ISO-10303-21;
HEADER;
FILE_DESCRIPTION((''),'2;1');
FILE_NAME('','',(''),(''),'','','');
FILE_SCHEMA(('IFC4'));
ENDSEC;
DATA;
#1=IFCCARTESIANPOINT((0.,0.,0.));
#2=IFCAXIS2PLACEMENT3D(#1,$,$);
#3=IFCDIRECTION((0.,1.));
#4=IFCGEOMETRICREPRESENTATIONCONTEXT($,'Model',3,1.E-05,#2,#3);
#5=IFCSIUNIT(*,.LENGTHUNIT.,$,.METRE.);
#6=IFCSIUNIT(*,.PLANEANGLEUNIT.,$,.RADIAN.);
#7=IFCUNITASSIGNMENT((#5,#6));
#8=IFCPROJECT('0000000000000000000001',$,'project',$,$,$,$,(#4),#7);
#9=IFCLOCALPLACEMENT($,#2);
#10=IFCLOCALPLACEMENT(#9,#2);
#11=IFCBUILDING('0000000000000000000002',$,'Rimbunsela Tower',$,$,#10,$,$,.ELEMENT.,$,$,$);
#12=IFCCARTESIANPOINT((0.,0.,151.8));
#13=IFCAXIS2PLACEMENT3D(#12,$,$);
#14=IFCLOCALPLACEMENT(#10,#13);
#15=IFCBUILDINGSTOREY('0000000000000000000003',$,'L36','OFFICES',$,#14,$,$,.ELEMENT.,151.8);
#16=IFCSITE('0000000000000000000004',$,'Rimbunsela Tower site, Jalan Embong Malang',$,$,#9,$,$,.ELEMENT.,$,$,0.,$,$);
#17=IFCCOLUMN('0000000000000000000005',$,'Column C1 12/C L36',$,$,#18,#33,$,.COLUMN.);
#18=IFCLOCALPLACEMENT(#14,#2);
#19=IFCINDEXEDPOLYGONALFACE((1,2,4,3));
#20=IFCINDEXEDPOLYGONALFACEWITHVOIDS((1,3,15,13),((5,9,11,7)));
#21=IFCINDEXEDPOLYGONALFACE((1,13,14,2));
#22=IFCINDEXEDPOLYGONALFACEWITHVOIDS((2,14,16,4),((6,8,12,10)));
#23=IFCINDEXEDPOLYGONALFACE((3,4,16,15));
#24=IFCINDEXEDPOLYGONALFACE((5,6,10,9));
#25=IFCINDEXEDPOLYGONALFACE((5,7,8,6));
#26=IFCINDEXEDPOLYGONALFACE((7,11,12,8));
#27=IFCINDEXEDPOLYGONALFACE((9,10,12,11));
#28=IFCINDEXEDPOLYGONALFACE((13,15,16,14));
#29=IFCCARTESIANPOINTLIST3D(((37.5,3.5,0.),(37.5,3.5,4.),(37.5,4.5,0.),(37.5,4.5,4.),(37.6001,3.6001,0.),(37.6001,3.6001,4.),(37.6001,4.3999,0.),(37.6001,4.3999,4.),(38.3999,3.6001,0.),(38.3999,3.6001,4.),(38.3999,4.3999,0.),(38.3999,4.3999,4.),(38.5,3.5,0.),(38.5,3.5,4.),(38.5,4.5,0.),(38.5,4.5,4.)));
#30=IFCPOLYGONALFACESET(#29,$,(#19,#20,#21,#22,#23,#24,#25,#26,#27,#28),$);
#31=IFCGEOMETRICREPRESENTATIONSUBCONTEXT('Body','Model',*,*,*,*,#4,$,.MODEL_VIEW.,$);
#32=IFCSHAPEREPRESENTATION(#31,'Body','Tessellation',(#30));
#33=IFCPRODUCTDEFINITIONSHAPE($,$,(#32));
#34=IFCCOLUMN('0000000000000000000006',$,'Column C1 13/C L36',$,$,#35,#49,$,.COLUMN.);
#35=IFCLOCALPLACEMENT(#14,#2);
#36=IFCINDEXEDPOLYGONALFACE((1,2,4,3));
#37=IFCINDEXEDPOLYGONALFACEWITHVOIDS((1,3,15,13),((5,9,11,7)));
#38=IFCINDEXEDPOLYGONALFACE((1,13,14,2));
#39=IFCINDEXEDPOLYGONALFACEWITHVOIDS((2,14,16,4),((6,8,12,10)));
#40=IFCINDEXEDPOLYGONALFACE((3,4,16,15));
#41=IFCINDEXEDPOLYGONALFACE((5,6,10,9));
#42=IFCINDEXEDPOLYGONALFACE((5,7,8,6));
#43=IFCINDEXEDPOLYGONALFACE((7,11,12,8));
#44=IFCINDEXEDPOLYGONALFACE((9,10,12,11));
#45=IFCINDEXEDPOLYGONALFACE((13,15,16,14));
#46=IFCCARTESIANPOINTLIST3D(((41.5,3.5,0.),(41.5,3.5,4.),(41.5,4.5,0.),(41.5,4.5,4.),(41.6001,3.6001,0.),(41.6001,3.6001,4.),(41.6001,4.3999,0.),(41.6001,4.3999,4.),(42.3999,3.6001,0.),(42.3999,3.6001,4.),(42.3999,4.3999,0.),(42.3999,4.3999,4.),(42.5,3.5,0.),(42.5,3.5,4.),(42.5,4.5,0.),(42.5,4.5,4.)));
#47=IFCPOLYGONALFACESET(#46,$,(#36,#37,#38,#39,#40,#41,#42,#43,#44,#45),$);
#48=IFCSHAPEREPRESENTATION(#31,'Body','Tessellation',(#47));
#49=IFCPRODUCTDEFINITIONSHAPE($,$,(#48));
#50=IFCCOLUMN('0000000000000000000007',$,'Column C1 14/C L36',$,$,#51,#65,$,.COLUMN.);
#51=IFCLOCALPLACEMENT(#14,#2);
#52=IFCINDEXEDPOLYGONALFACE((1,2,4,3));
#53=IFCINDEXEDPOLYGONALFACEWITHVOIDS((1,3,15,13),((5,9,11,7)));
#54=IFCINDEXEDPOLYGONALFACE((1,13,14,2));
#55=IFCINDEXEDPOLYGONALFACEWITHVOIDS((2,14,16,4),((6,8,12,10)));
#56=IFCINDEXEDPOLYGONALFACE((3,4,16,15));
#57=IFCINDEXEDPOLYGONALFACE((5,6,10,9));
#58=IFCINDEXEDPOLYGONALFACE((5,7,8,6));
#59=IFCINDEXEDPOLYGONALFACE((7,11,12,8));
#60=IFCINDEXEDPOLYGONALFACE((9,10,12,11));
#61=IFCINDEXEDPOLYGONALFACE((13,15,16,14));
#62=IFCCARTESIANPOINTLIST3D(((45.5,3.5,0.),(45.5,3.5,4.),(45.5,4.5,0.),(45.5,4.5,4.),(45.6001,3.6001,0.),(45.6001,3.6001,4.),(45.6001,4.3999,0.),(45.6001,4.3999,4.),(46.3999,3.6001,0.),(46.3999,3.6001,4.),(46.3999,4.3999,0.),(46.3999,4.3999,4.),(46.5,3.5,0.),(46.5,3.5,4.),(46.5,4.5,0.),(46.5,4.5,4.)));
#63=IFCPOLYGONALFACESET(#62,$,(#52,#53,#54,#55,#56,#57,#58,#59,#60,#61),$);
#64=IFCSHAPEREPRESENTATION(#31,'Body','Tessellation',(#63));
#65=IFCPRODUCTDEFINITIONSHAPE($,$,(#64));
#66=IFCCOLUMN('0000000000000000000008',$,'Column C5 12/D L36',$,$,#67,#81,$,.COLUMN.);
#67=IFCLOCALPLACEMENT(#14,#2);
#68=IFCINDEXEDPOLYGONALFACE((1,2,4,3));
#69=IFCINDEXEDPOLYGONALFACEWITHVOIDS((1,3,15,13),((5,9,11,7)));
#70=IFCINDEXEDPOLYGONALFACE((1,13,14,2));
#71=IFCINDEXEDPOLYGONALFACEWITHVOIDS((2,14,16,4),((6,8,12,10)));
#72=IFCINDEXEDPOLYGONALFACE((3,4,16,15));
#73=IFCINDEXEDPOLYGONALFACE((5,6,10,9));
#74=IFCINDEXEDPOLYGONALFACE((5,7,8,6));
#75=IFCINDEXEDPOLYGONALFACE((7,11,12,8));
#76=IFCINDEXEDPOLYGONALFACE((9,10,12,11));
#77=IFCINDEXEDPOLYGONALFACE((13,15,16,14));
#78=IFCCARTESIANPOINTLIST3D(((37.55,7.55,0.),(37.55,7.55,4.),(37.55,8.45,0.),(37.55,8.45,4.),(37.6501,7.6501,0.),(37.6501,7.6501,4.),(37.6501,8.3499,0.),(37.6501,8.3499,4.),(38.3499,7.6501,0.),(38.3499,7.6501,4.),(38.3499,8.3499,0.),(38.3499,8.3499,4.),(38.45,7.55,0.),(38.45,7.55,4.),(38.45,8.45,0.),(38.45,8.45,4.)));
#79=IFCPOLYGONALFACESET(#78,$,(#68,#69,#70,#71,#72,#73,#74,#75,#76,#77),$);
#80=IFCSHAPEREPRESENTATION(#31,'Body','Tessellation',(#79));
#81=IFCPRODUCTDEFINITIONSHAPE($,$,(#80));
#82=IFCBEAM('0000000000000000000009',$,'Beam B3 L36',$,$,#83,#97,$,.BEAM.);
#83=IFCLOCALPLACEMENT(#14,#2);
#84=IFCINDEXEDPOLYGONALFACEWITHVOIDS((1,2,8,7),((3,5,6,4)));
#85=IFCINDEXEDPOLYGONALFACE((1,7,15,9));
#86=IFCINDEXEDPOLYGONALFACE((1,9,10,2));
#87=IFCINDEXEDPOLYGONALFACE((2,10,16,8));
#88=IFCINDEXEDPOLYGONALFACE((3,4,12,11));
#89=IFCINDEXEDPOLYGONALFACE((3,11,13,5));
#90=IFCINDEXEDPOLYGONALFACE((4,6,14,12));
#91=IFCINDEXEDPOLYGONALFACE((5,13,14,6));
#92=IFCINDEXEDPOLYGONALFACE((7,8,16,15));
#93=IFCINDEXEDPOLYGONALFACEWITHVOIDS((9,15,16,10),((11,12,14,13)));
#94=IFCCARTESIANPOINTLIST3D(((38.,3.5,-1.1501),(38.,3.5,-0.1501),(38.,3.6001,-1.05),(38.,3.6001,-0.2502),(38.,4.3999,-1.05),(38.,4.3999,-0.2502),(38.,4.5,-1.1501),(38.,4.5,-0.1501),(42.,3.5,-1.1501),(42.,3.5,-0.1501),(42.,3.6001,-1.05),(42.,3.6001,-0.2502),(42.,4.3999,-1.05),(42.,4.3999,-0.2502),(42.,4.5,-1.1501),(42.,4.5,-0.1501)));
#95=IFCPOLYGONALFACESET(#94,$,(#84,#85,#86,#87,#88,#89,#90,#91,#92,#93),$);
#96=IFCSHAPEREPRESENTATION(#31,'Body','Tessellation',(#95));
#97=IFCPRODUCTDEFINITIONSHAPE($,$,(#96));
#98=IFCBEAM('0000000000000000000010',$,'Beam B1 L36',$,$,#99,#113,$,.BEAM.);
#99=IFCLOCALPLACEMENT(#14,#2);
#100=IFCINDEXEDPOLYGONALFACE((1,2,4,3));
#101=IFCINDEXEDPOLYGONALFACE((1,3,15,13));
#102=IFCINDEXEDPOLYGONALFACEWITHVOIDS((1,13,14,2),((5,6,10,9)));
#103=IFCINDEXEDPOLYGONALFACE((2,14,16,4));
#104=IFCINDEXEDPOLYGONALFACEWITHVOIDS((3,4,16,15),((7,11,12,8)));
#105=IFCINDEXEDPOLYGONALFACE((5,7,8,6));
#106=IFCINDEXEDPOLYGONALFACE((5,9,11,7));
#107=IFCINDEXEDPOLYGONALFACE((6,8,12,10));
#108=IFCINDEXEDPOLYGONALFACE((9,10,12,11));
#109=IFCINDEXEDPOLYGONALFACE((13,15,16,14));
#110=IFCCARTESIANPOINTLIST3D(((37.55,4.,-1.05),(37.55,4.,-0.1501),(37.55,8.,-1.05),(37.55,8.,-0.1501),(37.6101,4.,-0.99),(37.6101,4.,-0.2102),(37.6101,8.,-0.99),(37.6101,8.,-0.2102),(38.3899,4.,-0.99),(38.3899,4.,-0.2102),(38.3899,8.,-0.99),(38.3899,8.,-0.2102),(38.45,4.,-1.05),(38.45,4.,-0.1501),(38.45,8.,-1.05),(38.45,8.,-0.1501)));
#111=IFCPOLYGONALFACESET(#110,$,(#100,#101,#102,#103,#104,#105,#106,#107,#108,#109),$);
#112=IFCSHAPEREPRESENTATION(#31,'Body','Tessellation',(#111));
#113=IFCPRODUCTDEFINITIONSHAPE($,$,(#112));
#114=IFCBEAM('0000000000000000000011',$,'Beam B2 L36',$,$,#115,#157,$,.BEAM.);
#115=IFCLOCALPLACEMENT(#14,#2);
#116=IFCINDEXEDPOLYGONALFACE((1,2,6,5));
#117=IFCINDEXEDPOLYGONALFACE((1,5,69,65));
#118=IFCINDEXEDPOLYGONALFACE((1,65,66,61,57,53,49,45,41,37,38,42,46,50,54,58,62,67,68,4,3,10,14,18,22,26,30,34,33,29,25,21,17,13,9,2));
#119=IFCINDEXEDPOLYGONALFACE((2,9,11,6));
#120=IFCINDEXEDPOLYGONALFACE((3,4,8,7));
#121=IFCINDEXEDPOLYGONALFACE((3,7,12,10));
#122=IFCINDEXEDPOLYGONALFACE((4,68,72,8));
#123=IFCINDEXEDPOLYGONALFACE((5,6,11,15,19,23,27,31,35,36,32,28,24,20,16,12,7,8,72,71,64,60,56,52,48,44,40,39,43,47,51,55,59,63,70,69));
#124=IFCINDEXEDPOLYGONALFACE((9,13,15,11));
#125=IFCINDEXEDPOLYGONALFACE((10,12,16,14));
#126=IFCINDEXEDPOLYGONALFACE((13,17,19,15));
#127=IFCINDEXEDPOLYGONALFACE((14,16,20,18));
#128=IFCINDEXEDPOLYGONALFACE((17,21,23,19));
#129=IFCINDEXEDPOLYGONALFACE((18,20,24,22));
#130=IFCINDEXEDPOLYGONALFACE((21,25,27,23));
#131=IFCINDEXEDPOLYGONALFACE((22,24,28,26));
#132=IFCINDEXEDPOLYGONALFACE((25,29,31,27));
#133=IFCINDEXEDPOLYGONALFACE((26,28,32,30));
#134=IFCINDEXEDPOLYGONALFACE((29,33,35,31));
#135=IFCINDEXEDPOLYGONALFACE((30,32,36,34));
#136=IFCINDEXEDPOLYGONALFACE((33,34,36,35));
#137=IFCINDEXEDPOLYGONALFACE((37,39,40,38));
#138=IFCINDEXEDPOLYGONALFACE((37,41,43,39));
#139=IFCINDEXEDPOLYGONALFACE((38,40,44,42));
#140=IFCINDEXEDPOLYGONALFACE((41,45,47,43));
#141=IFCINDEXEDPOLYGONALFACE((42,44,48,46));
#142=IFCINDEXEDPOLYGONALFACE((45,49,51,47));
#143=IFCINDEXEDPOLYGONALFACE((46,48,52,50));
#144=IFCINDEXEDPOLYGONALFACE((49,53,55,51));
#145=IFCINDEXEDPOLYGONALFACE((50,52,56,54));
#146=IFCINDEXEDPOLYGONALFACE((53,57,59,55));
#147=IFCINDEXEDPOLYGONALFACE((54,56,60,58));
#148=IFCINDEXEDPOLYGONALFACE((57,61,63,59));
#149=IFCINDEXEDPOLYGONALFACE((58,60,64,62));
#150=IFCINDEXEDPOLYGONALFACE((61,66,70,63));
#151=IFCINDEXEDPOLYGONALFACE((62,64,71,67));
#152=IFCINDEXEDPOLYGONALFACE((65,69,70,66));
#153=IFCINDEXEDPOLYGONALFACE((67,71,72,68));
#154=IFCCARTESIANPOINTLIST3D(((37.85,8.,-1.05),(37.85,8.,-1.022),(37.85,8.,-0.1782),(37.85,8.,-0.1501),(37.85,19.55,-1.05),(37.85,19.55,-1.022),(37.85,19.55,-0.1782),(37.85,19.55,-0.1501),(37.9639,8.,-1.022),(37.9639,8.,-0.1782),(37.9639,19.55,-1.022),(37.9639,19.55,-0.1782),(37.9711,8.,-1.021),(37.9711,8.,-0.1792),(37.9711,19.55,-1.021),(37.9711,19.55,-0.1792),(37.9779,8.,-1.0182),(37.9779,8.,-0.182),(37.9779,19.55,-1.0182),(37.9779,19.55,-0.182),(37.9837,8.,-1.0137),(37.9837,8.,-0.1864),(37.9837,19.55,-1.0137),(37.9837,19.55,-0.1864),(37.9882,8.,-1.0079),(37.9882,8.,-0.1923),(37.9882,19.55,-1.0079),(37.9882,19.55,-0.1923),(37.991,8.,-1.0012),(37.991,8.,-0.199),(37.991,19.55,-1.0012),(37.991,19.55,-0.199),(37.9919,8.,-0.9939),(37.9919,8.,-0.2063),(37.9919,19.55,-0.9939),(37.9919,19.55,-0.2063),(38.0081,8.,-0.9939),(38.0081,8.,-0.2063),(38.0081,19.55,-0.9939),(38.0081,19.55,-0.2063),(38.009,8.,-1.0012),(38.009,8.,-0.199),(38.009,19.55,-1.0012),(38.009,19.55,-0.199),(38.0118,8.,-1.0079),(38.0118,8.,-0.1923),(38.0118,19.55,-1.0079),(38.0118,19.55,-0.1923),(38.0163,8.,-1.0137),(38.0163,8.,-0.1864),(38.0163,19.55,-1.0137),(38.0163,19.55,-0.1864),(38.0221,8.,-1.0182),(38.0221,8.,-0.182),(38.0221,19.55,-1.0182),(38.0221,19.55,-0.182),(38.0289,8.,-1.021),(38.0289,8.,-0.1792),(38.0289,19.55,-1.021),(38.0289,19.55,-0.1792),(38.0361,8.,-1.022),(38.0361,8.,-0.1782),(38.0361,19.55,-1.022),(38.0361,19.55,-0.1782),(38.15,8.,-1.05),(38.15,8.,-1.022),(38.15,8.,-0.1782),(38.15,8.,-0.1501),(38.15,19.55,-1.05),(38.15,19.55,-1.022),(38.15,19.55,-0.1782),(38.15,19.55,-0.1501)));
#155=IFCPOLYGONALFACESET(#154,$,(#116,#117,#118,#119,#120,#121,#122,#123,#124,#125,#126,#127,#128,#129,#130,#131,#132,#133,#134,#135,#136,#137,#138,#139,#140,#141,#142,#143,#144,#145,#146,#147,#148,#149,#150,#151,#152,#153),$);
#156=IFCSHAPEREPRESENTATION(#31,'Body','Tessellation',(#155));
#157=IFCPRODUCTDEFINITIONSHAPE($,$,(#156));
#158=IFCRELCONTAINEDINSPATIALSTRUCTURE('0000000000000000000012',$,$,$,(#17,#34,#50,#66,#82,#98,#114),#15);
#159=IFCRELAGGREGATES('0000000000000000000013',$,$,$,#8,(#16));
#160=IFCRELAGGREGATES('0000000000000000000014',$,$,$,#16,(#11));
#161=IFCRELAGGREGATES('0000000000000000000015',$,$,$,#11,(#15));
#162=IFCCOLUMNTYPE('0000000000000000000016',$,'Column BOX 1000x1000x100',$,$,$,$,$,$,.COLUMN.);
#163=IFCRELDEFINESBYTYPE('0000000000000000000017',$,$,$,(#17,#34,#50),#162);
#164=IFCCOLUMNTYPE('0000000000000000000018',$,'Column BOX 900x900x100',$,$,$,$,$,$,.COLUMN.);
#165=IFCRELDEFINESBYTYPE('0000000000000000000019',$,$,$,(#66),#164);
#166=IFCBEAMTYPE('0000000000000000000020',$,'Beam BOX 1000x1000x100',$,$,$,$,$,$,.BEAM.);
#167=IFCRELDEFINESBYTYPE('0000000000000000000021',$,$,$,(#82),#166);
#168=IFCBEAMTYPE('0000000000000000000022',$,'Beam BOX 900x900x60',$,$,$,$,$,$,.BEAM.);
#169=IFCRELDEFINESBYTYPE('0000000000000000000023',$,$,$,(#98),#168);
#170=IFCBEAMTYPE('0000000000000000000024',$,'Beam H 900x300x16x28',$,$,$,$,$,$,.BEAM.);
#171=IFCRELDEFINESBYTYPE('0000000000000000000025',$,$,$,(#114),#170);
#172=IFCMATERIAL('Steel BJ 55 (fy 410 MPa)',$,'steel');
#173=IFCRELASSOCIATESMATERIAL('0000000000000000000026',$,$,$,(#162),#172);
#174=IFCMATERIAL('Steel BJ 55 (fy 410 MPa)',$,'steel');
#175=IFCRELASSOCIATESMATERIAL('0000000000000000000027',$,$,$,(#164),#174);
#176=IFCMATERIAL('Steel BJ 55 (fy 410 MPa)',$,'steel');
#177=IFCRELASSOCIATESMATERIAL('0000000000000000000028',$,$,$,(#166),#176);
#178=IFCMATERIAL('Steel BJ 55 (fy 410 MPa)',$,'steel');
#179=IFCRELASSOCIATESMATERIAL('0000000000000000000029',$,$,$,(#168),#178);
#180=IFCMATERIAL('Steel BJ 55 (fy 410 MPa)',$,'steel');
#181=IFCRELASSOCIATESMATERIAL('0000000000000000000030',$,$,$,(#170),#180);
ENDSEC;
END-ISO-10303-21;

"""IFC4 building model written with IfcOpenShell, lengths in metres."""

from ifc_helpers import new_model, si_unit, direction, frame, origin, origin_2d, place, context, subcontext, project, spatial, hollow_rectangle, i_section, extrude, material, material_profile, profile_set, type_object, element, save


model = new_model("IFC4")

# Units and contexts
model_context = context("Model", 3, precision=1e-05, world=origin(), true_north=direction((0.0, 1.0)))
body_context = subcontext(model_context, "Body", "Model", "MODEL_VIEW")
ifc_project = project(units=[si_unit("LENGTHUNIT", "METRE"), si_unit("PLANEANGLEUNIT", "RADIAN")], contexts=[model_context])

# Site, building, storey
site_placement = place(None, origin())
site = spatial("IfcSite", under=ifc_project, at=site_placement, Name="Rimbunsela Tower site, Jalan Embong Malang", CompositionType="ELEMENT", RefElevation=0.0)
building_placement = place(site_placement, origin())
building = spatial("IfcBuilding", under=site, at=building_placement, Name="Rimbunsela Tower", CompositionType="ELEMENT")
storey_placement = place(building_placement, frame((0.0, 0.0, 151.8)))
storey = spatial("IfcBuildingStorey", under=building, at=storey_placement, Name="L36", Description="OFFICES", CompositionType="ELEMENT", Elevation=151.8)

# Columns
ifc_material_1 = material(Name="Steel BJ 55 (fy 410 MPa)", Category="steel")
ifc_material_profile_1 = material_profile(ifc_material_1, hollow_rectangle(XDim=1.0, YDim=1.0, WallThickness=0.1001, at=origin_2d()), Name="BOX 1000x1000x100")
ifc_profile_set_1 = profile_set([ifc_material_profile_1], Name="Steel BJ 55 (fy 410 MPa)")
column_type_1 = type_object("IfcColumnType", Name="Column BOX 1000x1000x100", PredefinedType="COLUMN", material=ifc_profile_set_1)
for number, where, z_axis, x_axis, name in (
    (1, (38.0, 4.0, 0.0), (0.0, 0.0, 1.0), (1.0, 0.0, 0.0), "Column C1 12/C L36"),
    (2, (42.0, 4.0, 0.0), (0.0, 0.0, 1.0), (1.0, 0.0, 0.0), "Column C1 13/C L36"),
    (3, (46.0, 4.0, 0.0), (0.0, 0.0, 1.0), (1.0, 0.0, 0.0), "Column C1 14/C L36"),
):
    element("IfcColumn", number, at=place(storey_placement, frame(where, z_axis=z_axis, x_axis=x_axis)), inside=storey, type_object=column_type_1, Name=name, PredefinedType="COLUMN", context=body_context, shape_type="SweptSolid", body=[
        extrude(hollow_rectangle(XDim=1.0, YDim=1.0, WallThickness=0.1001, at=origin_2d()), origin(), (0.0, 0.0, 1.0), 4.0),
    ])
ifc_material_2 = material(Name="Steel BJ 55 (fy 410 MPa)", Category="steel")
ifc_material_profile_2 = material_profile(ifc_material_2, hollow_rectangle(XDim=0.8999, YDim=0.8999, WallThickness=0.1001, at=origin_2d()), Name="BOX 900x900x100")
ifc_profile_set_2 = profile_set([ifc_material_profile_2], Name="Steel BJ 55 (fy 410 MPa)")
column_type_2 = type_object("IfcColumnType", Name="Column BOX 900x900x100", PredefinedType="COLUMN", material=ifc_profile_set_2)
column_placement = place(storey_placement, frame((38.0, 8.0, 0.0), z_axis=(0.0, 0.0, 1.0), x_axis=(1.0, 0.0, 0.0)))
element("IfcColumn", 4, at=column_placement, inside=storey, type_object=column_type_2, Name="Column C5 12/D L36", PredefinedType="COLUMN", context=body_context, shape_type="SweptSolid", body=[
    extrude(hollow_rectangle(XDim=0.8999, YDim=0.8999, WallThickness=0.1001, at=origin_2d()), origin(), (0.0, 0.0, 1.0), 4.0),
])

# Beams
ifc_material_3 = material(Name="Steel BJ 55 (fy 410 MPa)", Category="steel")
ifc_material_profile_3 = material_profile(ifc_material_3, hollow_rectangle(XDim=1.0, YDim=1.0, WallThickness=0.1001, at=origin_2d()), Name="BOX 1000x1000x100")
ifc_profile_set_3 = profile_set([ifc_material_profile_3], Name="Steel BJ 55 (fy 410 MPa)")
beam_type_1 = type_object("IfcBeamType", Name="Beam BOX 1000x1000x100", PredefinedType="BEAM", material=ifc_profile_set_3)
beam_1_placement = place(storey_placement, frame((38.0, 4.0, -0.6501), z_axis=(1.0, 0.0, 0.0), x_axis=(0.0, 1.0, 0.0)))
element("IfcBeam", 5, at=beam_1_placement, inside=storey, type_object=beam_type_1, Name="Beam B3 L36", PredefinedType="BEAM", context=body_context, shape_type="SweptSolid", body=[
    extrude(hollow_rectangle(XDim=1.0, YDim=1.0, WallThickness=0.1001, at=origin_2d()), origin(), (0.0, 0.0, 1.0), 4.0),
])
ifc_material_4 = material(Name="Steel BJ 55 (fy 410 MPa)", Category="steel")
ifc_material_profile_4 = material_profile(ifc_material_4, hollow_rectangle(XDim=0.8999, YDim=0.8999, WallThickness=0.0601, at=origin_2d()), Name="BOX 900x900x60")
ifc_profile_set_4 = profile_set([ifc_material_profile_4], Name="Steel BJ 55 (fy 410 MPa)")
beam_type_2 = type_object("IfcBeamType", Name="Beam BOX 900x900x60", PredefinedType="BEAM", material=ifc_profile_set_4)
beam_2_placement = place(storey_placement, frame((38.0, 4.0, -0.6001), z_axis=(0.0, 1.0, 0.0), x_axis=(-1.0, 0.0, 0.0)))
element("IfcBeam", 6, at=beam_2_placement, inside=storey, type_object=beam_type_2, Name="Beam B1 L36", PredefinedType="BEAM", context=body_context, shape_type="SweptSolid", body=[
    extrude(hollow_rectangle(XDim=0.8999, YDim=0.8999, WallThickness=0.0601, at=origin_2d()), origin(), (0.0, 0.0, 1.0), 4.0),
])
ifc_material_5 = material(Name="Steel BJ 55 (fy 410 MPa)", Category="steel")
ifc_material_profile_5 = material_profile(ifc_material_5, i_section(OverallWidth=0.3, OverallDepth=0.8999, WebThickness=0.0161, FlangeThickness=0.0281, FilletRadius=0.0281, at=origin_2d()), Name="H 900x300x16x28")
ifc_profile_set_5 = profile_set([ifc_material_profile_5], Name="Steel BJ 55 (fy 410 MPa)")
beam_type_3 = type_object("IfcBeamType", Name="Beam H 900x300x16x28", PredefinedType="BEAM", material=ifc_profile_set_5)
beam_3_placement = place(storey_placement, frame((38.0, 8.0, -0.6001), z_axis=(0.0, 1.0, 0.0), x_axis=(-1.0, 0.0, 0.0)))
element("IfcBeam", 7, at=beam_3_placement, inside=storey, type_object=beam_type_3, Name="Beam B2 L36", PredefinedType="BEAM", context=body_context, shape_type="SweptSolid", body=[
    extrude(i_section(OverallWidth=0.3, OverallDepth=0.8999, WebThickness=0.0161, FlangeThickness=0.0281, FilletRadius=0.0281, at=origin_2d()), origin(), (0.0, 0.0, 1.0), 11.55),
])

save(model, "model.ifc")
